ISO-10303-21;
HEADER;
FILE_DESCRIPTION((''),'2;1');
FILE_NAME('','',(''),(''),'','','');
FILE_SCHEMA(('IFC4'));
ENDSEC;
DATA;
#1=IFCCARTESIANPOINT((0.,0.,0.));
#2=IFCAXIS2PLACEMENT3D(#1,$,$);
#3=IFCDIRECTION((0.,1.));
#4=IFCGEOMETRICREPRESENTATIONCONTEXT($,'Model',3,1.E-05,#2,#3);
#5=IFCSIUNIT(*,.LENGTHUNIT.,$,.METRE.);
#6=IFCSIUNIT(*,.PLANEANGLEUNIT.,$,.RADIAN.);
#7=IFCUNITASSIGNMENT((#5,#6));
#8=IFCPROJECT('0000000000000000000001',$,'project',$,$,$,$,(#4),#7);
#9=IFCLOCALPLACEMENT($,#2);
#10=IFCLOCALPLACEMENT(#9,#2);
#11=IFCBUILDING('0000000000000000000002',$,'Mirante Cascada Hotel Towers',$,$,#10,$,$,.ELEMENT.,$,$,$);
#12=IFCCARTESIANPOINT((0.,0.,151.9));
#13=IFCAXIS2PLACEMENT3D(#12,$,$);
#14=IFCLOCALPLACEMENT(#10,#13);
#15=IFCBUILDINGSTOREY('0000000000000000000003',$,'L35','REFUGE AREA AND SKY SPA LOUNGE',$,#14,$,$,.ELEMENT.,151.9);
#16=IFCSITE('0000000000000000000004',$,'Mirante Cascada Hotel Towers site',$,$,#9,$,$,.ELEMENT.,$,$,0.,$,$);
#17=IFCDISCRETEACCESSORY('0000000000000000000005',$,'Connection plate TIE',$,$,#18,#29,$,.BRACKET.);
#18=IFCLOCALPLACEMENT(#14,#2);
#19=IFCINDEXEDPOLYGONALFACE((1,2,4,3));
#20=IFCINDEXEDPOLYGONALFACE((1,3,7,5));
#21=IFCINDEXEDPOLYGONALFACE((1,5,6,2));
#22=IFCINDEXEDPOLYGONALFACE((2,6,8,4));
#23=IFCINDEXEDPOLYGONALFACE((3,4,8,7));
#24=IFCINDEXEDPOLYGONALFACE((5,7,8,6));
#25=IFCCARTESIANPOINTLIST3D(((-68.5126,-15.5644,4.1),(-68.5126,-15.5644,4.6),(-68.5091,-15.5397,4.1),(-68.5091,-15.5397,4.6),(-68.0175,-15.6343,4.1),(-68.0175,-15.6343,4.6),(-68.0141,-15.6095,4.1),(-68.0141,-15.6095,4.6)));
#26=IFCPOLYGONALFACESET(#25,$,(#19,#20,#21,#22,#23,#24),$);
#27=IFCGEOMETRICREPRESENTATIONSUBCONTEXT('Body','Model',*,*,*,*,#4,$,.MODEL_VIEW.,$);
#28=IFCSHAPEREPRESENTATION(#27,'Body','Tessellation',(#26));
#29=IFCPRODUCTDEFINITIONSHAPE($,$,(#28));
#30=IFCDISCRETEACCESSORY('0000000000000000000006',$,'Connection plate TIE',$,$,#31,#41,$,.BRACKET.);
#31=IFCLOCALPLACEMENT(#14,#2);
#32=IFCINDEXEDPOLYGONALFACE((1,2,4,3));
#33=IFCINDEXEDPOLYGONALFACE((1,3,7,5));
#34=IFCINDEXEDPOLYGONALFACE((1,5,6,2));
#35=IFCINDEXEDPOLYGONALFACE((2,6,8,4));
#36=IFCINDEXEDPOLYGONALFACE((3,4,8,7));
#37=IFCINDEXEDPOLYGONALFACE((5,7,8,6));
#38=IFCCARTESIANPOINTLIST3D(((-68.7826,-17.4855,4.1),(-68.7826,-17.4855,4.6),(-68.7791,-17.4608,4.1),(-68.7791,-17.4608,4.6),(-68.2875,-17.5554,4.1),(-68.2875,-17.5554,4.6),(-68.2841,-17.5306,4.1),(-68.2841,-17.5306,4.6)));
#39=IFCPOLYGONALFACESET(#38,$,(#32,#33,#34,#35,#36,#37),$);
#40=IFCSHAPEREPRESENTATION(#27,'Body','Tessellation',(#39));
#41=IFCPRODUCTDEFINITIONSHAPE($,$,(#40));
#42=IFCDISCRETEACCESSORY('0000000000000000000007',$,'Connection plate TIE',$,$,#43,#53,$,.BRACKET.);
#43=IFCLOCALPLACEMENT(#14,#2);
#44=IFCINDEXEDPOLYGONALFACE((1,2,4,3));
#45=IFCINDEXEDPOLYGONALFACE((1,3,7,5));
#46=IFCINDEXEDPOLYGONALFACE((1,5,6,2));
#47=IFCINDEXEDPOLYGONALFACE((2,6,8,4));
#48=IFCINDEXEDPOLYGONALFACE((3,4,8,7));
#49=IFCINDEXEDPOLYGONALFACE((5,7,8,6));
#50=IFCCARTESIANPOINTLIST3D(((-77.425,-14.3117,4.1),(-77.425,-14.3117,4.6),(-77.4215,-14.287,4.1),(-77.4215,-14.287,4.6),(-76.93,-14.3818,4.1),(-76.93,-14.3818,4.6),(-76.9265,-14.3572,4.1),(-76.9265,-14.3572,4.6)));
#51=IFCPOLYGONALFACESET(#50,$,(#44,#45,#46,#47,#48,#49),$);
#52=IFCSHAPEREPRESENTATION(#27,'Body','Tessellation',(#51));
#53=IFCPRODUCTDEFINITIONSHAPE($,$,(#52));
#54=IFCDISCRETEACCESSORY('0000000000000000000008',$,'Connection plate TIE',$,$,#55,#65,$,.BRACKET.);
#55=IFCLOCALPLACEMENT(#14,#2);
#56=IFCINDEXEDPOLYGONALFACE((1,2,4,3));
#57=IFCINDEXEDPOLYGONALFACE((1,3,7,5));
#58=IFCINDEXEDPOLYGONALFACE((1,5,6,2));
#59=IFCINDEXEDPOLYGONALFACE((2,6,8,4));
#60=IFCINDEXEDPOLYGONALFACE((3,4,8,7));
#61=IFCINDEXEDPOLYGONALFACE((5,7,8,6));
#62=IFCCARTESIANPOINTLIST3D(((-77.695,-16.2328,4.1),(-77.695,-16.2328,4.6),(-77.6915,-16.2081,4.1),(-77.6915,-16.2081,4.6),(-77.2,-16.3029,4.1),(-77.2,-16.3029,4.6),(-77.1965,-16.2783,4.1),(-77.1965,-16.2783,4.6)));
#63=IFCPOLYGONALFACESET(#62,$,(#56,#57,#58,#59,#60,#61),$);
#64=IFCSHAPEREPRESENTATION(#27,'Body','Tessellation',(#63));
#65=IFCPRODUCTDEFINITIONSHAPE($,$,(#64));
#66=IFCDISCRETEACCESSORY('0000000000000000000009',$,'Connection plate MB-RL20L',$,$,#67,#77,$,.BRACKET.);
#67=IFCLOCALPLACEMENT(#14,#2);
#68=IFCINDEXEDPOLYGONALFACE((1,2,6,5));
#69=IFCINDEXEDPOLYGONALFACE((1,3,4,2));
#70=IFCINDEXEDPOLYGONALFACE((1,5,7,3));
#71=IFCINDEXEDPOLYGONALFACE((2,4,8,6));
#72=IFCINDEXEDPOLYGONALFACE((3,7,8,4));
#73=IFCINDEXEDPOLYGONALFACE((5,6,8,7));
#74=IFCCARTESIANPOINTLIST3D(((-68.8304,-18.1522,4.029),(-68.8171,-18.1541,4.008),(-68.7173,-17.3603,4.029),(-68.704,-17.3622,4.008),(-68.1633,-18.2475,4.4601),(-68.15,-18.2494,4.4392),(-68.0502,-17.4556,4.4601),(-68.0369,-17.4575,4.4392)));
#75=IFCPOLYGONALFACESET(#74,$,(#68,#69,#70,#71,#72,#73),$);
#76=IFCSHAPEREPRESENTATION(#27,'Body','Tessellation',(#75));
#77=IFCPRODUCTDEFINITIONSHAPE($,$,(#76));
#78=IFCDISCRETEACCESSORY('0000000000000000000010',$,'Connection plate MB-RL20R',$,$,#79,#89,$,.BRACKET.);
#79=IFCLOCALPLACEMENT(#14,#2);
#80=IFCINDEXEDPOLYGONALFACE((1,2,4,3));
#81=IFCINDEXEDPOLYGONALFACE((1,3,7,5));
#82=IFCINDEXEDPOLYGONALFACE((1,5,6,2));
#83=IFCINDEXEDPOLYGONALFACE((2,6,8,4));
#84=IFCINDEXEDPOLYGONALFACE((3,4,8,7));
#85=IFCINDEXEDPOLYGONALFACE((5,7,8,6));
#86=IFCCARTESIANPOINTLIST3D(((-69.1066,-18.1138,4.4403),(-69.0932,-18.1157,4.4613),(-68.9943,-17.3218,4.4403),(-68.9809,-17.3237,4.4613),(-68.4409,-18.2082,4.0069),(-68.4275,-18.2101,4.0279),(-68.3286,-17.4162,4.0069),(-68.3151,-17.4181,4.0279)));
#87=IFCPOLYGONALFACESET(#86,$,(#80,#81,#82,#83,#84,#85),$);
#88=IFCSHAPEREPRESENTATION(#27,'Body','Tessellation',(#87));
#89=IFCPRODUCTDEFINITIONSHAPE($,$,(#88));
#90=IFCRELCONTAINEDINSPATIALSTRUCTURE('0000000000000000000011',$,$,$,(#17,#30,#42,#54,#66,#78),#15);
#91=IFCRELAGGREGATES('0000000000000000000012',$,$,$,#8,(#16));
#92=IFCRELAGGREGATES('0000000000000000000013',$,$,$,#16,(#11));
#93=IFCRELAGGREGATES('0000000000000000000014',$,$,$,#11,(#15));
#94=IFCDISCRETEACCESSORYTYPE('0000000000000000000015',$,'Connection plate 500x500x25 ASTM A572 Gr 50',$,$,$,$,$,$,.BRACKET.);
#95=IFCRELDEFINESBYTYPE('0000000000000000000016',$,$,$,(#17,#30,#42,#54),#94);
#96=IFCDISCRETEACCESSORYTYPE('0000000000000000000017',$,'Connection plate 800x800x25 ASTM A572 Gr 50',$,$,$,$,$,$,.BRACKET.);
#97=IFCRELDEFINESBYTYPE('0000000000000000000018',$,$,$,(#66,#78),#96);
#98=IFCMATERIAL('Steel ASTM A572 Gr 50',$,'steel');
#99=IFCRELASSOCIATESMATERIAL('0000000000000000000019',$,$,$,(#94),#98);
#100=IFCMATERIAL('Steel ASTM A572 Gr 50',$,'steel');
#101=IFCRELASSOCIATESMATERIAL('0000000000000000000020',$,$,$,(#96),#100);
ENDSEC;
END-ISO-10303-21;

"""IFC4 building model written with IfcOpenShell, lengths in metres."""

from ifc_helpers import new_model, si_unit, direction, frame, origin, origin_2d, place, context, subcontext, project, spatial, rectangle, extrude, material, material_profile, profile_set, type_object, element, save


model = new_model("IFC4")

# Units and contexts
model_context = context("Model", 3, precision=1e-05, world=origin(), true_north=direction((0.0, 1.0)))
body_context = subcontext(model_context, "Body", "Model", "MODEL_VIEW")
ifc_project = project(units=[si_unit("LENGTHUNIT", "METRE"), si_unit("PLANEANGLEUNIT", "RADIAN")], contexts=[model_context])

# Site, building, storey
site_placement = place(None, origin())
site = spatial("IfcSite", under=ifc_project, at=site_placement, Name="Mirante Cascada Hotel Towers site", CompositionType="ELEMENT", RefElevation=0.0)
building_placement = place(site_placement, origin())
building = spatial("IfcBuilding", under=site, at=building_placement, Name="Mirante Cascada Hotel Towers", CompositionType="ELEMENT")
storey_placement = place(building_placement, frame((0.0, 0.0, 151.9)))
storey = spatial("IfcBuildingStorey", under=building, at=storey_placement, Name="L35", Description="REFUGE AREA AND SKY SPA LOUNGE", CompositionType="ELEMENT", Elevation=151.9)

# Discrete accessories
ifc_material_1 = material(Name="Steel ASTM A572 Gr 50", Category="steel")
ifc_material_profile_1 = material_profile(ifc_material_1, rectangle(XDim=0.5, YDim=0.5, at=origin_2d()), Name="Connection plate 500x500x25 ASTM A572 Gr 50")
ifc_profile_set_1 = profile_set([ifc_material_profile_1], Name="Steel ASTM A572 Gr 50")
discrete_accessory_type_1 = type_object("IfcDiscreteAccessoryType", Name="Connection plate 500x500x25 ASTM A572 Gr 50", PredefinedType="BRACKET", material=ifc_profile_set_1)
for number, where, z_axis, x_axis, name in (
    (1, (-68.2616, -15.5746, 4.35), (-0.139744, -0.990188, 0.0), (0.990188, -0.139744, 0.0), "Connection plate TIE"),
    (2, (-68.5316, -17.4957, 4.35), (-0.139744, -0.990188, 0.0), (0.990188, -0.139744, 0.0), "Connection plate TIE"),
):
    element("IfcDiscreteAccessory", number, at=place(storey_placement, frame(where, z_axis=z_axis, x_axis=x_axis)), inside=storey, type_object=discrete_accessory_type_1, Name=name, PredefinedType="BRACKET", context=body_context, shape_type="SweptSolid", body=[
        extrude(rectangle(XDim=0.5, YDim=0.5, at=origin_2d()), origin(), (0.0, 0.0, 1.0), 0.025),
    ])
for number, where, z_axis, x_axis, name in (
    (3, (-77.174, -14.3221, 4.35), (-0.140299, -0.990109, 0.0), (0.990109, -0.140299, 0.0), "Connection plate TIE"),
    (4, (-77.444, -16.2432, 4.35), (-0.140299, -0.990109, 0.0), (0.990109, -0.140299, 0.0), "Connection plate TIE"),
):
    element("IfcDiscreteAccessory", number, at=place(storey_placement, frame(where, z_axis=z_axis, x_axis=x_axis)), inside=storey, type_object=discrete_accessory_type_1, Name=name, PredefinedType="BRACKET", context=body_context, shape_type="SweptSolid", body=[
        extrude(rectangle(XDim=0.5, YDim=0.5, at=origin_2d()), origin(), (0.0, 0.0, 1.0), 0.0249),
    ])
ifc_material_2 = material(Name="Steel ASTM A572 Gr 50", Category="steel")
ifc_material_profile_2 = material_profile(ifc_material_2, rectangle(XDim=0.8, YDim=0.8, at=origin_2d()), Name="Connection plate 800x800x25 ASTM A572 Gr 50")
ifc_profile_set_2 = profile_set([ifc_material_profile_2], Name="Steel ASTM A572 Gr 50")
discrete_accessory_type_2 = type_object("IfcDiscreteAccessoryType", Name="Connection plate 800x800x25 ASTM A572 Gr 50", PredefinedType="BRACKET", material=ifc_profile_set_2)
discrete_accessory_1_placement = place(storey_placement, frame((-68.427, -17.8058, 4.2236), z_axis=(-0.533496, 0.076214, 0.842362), x_axis=(-0.141421, -0.98995, 0.0)))
element("IfcDiscreteAccessory", 5, at=discrete_accessory_1_placement, inside=storey, type_object=discrete_accessory_type_2, Name="Connection plate MB-RL20L", PredefinedType="BRACKET", context=body_context, shape_type="SweptSolid", body=[
    extrude(rectangle(XDim=0.8, YDim=0.8, at=origin_2d()), origin(), (0.0, 0.0, 1.0), 0.0249),
])
discrete_accessory_2_placement = place(storey_placement, frame((-68.7176, -17.765, 4.2236), z_axis=(0.536356, -0.07605, 0.840558), x_axis=(0.140387, 0.990097, 0.0)))
element("IfcDiscreteAccessory", 6, at=discrete_accessory_2_placement, inside=storey, type_object=discrete_accessory_type_2, Name="Connection plate MB-RL20R", PredefinedType="BRACKET", context=body_context, shape_type="SweptSolid", body=[
    extrude(rectangle(XDim=0.8, YDim=0.8, at=origin_2d()), origin(), (0.0, 0.0, 1.0), 0.025),
])

save(model, "model.ifc")
